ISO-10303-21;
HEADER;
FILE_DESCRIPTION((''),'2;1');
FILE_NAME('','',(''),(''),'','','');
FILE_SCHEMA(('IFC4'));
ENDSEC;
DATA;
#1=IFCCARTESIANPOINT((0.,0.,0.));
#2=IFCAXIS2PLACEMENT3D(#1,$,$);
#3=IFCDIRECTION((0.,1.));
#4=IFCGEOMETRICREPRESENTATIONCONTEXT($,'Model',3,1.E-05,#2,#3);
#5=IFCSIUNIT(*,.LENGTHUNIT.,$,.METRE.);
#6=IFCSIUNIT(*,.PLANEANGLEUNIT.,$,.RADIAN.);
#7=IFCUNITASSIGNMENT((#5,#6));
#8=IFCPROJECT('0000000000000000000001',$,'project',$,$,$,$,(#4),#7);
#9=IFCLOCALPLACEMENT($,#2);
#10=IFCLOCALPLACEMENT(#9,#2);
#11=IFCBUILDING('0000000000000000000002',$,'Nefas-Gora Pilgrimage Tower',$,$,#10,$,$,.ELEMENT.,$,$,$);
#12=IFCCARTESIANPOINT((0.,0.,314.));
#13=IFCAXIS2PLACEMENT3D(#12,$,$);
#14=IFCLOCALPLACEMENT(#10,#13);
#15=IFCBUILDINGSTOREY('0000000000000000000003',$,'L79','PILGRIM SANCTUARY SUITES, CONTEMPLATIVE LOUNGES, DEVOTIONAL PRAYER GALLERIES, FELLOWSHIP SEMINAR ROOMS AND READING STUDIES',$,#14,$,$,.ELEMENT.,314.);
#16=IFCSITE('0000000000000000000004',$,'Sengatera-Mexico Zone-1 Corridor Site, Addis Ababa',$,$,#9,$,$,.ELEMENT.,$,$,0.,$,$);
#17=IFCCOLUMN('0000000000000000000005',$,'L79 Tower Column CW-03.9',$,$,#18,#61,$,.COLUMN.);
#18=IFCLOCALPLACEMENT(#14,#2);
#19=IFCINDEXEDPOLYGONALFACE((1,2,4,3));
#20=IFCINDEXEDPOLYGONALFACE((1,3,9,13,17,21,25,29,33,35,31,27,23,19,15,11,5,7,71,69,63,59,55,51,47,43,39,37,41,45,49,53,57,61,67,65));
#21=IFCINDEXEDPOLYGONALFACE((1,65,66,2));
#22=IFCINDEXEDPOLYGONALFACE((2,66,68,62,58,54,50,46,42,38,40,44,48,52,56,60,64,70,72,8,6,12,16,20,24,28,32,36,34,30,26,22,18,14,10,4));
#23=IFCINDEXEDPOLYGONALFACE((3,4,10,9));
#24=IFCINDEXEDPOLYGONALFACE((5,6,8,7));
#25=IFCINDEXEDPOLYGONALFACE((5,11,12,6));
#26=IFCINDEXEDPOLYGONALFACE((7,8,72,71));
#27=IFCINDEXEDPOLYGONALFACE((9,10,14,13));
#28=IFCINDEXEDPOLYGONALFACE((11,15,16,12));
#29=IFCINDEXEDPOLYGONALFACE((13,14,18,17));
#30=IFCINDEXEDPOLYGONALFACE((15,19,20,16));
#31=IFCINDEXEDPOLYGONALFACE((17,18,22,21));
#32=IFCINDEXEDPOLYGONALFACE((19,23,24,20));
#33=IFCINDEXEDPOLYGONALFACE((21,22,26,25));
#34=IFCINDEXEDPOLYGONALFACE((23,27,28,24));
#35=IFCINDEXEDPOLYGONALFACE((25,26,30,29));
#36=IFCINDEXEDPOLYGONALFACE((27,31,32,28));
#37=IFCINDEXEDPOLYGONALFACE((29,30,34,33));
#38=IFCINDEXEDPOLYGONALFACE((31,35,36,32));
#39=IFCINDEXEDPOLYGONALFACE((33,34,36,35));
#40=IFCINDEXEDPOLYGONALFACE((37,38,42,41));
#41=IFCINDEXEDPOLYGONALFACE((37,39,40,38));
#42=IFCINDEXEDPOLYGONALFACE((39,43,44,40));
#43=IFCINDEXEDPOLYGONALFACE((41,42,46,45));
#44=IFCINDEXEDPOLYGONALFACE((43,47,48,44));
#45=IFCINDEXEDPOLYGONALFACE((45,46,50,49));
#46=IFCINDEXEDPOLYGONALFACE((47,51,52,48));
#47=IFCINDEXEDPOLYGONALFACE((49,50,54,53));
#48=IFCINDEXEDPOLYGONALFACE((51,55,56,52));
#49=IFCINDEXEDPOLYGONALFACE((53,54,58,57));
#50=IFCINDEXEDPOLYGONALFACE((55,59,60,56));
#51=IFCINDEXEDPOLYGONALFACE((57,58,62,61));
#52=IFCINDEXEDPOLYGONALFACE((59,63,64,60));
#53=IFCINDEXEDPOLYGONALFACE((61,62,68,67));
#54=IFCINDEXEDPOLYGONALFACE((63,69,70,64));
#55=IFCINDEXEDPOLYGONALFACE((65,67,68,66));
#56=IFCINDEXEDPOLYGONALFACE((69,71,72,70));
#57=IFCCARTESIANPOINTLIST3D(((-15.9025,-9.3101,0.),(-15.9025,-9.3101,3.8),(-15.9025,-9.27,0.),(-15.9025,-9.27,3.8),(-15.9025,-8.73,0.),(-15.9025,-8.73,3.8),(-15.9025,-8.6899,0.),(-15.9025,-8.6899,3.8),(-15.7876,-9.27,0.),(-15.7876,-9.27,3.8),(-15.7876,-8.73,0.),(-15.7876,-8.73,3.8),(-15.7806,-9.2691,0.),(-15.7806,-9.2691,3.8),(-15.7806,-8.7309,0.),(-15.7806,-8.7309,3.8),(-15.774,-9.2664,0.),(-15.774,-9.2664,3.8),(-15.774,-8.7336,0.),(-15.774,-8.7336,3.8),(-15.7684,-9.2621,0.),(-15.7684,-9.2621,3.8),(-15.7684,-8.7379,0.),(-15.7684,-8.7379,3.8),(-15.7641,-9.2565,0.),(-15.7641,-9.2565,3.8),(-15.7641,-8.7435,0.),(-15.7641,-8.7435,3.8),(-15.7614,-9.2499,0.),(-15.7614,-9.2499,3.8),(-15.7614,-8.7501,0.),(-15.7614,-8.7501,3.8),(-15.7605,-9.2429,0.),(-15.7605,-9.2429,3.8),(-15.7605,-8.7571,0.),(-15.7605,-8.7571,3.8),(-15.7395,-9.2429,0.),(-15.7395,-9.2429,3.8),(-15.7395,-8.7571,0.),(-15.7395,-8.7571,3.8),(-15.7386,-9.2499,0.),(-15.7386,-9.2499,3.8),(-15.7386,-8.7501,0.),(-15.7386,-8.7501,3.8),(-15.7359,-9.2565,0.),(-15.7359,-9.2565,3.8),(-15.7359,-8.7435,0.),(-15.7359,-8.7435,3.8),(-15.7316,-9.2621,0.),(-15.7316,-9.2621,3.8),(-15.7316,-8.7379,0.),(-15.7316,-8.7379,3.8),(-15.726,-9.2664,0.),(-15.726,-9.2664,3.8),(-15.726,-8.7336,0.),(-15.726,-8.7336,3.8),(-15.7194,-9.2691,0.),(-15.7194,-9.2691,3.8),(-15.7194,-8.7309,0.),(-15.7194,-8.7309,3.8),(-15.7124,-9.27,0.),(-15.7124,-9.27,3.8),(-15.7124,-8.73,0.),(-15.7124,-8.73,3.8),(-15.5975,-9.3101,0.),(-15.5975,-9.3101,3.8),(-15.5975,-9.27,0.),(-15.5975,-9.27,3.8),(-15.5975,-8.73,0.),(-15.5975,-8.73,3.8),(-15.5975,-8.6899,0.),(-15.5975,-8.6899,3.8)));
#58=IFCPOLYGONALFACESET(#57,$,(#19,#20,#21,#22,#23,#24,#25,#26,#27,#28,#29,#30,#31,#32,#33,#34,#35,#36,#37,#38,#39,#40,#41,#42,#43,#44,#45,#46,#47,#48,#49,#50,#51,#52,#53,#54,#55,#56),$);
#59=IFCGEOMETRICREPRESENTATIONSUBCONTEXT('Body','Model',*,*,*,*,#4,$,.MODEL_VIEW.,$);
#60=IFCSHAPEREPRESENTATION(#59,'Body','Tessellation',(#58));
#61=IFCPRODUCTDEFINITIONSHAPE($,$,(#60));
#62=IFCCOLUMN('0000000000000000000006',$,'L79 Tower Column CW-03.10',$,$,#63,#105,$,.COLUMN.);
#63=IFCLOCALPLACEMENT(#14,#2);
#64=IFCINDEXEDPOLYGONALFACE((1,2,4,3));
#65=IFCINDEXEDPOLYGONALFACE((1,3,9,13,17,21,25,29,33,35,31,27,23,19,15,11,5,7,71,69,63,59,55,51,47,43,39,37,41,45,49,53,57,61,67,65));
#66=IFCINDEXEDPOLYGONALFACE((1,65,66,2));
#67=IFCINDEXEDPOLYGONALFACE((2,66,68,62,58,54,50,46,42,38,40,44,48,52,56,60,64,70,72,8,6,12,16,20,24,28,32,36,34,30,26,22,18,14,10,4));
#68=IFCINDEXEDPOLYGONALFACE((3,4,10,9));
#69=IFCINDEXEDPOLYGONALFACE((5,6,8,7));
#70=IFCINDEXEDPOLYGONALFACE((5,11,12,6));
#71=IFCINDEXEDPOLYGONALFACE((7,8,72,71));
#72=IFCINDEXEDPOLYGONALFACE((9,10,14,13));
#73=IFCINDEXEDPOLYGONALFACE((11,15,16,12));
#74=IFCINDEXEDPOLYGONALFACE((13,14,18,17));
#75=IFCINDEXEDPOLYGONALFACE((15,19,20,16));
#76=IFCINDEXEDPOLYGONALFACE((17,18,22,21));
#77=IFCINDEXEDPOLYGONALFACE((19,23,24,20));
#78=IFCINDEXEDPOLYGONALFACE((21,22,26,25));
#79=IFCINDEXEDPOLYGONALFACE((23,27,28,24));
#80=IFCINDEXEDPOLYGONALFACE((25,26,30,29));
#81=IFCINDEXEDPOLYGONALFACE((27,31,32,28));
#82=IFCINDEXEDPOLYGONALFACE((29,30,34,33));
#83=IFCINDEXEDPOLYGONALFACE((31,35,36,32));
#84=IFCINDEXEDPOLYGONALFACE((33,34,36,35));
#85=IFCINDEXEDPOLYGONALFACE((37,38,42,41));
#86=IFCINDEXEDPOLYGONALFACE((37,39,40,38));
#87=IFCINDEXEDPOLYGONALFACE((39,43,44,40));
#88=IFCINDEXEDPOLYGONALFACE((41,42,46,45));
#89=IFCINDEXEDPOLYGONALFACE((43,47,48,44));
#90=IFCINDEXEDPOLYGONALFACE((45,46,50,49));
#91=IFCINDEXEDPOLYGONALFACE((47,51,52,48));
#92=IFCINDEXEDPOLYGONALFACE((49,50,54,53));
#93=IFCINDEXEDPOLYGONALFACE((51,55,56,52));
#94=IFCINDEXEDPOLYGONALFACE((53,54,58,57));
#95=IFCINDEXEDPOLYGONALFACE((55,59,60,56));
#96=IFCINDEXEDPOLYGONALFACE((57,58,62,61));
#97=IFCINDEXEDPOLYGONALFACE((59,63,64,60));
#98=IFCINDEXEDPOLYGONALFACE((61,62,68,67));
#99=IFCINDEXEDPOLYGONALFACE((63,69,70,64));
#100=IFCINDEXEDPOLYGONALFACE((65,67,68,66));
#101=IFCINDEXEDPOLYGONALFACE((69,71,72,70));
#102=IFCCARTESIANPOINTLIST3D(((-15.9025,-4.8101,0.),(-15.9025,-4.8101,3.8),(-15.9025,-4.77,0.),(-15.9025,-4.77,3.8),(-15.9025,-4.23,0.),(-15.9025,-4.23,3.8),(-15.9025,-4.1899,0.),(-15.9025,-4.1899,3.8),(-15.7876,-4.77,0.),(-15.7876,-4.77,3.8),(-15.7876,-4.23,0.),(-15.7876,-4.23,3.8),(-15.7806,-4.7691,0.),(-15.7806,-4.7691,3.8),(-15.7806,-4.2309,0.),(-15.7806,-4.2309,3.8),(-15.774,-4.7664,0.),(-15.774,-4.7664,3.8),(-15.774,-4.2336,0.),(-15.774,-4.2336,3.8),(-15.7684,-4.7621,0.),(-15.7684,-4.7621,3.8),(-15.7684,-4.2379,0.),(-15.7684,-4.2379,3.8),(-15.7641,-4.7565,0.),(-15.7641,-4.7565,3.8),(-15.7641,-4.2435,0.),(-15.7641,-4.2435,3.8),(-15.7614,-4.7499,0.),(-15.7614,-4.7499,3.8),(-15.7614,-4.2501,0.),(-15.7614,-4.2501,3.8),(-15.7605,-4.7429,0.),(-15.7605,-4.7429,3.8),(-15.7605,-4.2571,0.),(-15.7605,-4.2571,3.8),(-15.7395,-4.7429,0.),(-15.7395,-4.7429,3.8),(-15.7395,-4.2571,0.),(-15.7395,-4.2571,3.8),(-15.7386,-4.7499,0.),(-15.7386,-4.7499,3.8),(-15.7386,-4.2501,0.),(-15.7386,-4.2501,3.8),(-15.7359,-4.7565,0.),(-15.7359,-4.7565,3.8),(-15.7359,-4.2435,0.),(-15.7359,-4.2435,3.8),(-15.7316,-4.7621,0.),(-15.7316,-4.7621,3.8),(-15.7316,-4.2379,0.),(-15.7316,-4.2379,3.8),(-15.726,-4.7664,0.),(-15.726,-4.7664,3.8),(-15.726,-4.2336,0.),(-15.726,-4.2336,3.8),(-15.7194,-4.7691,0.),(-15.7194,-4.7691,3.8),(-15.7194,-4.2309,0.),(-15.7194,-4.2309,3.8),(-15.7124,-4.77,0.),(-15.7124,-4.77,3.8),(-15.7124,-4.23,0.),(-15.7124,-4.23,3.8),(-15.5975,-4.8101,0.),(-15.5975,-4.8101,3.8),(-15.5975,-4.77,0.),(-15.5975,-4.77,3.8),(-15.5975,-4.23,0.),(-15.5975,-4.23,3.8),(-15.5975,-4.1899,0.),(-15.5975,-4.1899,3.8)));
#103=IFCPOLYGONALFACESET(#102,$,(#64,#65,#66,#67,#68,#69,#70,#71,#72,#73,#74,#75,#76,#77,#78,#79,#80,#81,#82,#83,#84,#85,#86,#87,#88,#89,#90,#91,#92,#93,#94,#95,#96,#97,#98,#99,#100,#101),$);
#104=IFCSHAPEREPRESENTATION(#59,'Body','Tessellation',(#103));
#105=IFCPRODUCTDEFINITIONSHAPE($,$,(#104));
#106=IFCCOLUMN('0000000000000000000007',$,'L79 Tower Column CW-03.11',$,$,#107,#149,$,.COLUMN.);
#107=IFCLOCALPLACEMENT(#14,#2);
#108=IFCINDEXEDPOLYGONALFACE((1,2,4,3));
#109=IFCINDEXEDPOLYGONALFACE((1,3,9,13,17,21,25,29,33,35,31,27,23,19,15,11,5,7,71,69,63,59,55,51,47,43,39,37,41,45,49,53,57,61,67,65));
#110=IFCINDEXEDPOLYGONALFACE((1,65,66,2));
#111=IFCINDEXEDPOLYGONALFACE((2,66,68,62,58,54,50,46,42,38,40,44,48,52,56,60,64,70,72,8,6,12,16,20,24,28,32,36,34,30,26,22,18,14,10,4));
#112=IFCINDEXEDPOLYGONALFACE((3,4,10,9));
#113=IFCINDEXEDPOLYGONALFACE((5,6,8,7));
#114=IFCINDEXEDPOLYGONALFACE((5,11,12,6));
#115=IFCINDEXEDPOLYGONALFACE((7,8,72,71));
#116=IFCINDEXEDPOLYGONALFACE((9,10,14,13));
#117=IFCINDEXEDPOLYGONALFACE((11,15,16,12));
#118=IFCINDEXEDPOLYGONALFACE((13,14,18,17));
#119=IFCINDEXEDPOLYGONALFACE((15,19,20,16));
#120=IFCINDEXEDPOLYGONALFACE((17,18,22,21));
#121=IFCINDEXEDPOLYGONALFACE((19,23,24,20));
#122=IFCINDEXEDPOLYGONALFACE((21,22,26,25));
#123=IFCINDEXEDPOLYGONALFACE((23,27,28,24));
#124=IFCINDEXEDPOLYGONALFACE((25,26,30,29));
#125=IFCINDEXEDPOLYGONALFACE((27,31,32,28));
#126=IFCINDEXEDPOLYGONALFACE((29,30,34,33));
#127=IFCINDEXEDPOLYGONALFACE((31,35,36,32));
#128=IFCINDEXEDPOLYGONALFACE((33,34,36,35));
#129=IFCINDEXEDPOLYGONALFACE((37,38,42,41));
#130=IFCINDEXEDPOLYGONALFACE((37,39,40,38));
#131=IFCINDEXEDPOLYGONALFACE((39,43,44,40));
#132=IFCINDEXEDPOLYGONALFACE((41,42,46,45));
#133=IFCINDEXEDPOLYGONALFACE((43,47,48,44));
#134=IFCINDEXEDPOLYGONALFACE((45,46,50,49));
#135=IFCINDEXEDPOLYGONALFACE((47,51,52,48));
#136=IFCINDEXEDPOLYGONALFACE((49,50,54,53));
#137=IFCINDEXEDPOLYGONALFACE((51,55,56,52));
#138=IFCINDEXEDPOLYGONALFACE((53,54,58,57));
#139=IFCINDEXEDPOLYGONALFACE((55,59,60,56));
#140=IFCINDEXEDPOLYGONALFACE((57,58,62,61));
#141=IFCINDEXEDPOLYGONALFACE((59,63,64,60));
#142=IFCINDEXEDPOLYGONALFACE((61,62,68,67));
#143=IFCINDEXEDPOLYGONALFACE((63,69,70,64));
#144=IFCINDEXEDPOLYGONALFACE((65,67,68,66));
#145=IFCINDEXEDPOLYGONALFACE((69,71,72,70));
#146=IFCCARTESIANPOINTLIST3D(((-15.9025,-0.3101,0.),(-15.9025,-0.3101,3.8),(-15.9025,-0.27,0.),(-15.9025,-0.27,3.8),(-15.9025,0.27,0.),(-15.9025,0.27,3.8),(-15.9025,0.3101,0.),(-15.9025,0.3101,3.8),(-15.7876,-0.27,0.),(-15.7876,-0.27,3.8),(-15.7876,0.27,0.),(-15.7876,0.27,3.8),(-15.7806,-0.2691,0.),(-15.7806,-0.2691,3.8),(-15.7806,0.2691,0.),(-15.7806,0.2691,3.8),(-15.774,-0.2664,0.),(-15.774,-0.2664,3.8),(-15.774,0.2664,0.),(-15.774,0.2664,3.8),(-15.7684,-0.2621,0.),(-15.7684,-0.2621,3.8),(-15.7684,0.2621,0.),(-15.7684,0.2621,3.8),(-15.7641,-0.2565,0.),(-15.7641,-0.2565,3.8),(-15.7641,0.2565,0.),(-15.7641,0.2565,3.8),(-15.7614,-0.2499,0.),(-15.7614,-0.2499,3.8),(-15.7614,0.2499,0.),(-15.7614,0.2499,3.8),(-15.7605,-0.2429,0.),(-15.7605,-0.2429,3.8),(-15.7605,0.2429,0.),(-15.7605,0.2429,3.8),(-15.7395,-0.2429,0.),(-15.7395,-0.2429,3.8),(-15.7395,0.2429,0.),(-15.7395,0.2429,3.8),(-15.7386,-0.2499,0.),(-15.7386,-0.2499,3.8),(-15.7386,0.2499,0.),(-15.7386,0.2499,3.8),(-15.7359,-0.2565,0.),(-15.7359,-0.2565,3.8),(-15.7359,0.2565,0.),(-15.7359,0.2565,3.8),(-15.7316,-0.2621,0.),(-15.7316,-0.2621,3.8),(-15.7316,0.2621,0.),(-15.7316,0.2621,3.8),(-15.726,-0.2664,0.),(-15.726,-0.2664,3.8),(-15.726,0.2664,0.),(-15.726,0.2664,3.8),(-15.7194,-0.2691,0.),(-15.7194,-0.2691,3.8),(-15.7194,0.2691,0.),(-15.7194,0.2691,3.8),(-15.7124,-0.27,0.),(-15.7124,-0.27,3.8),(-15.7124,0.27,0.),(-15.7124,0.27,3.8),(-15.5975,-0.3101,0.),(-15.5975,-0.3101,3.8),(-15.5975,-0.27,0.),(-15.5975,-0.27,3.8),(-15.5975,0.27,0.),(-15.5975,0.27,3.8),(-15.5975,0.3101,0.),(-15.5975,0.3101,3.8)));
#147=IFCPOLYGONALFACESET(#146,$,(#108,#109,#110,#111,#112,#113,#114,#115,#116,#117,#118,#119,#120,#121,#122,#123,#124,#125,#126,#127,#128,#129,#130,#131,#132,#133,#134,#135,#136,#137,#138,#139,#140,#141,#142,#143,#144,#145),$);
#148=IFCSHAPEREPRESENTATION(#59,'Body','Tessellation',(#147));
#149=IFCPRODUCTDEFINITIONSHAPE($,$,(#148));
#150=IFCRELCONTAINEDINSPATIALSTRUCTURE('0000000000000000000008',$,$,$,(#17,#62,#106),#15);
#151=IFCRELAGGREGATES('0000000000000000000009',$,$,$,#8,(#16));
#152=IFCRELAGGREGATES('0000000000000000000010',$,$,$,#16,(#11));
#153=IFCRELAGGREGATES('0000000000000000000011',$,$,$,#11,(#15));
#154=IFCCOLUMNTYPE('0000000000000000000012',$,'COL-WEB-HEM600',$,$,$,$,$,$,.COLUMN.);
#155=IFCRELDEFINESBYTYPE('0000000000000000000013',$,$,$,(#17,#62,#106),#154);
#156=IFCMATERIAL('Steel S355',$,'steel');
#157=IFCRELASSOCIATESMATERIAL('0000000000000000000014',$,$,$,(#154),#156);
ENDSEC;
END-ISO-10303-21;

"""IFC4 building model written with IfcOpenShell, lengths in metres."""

from ifc_helpers import new_model, si_unit, direction, frame, origin, origin_2d, place, context, subcontext, project, spatial, i_section, extrude, source, transform, mapped, material, material_profile, profile_set, type_object, element, save


model = new_model("IFC4")

# Units and contexts
model_context = context("Model", 3, precision=1e-05, world=origin(), true_north=direction((0.0, 1.0)))
body_context = subcontext(model_context, "Body", "Model", "MODEL_VIEW")
ifc_project = project(units=[si_unit("LENGTHUNIT", "METRE"), si_unit("PLANEANGLEUNIT", "RADIAN")], contexts=[model_context])

# Site, building, storey
site_placement = place(None, origin())
site = spatial("IfcSite", under=ifc_project, at=site_placement, Name="Sengatera-Mexico Zone-1 Corridor Site, Addis Ababa", CompositionType="ELEMENT", RefElevation=0.0)
building_placement = place(site_placement, origin())
building = spatial("IfcBuilding", under=site, at=building_placement, Name="Nefas-Gora Pilgrimage Tower", CompositionType="ELEMENT")
storey_placement = place(building_placement, frame((0.0, 0.0, 314.0)))
storey = spatial("IfcBuildingStorey", under=building, at=storey_placement, Name="L79", Description="PILGRIM SANCTUARY SUITES, CONTEMPLATIVE LOUNGES, DEVOTIONAL PRAYER GALLERIES, FELLOWSHIP SEMINAR ROOMS AND READING STUDIES", CompositionType="ELEMENT", Elevation=314.0)

# Columns
ifc_material_1 = material(Name="Steel S355", Category="steel")
ifc_material_profile_1 = material_profile(ifc_material_1, i_section(OverallWidth=0.3049, OverallDepth=0.6201, WebThickness=0.021, FlangeThickness=0.04, FilletRadius=0.0271, at=origin_2d()), Name="HEM 600")
ifc_profile_set_1 = profile_set([ifc_material_profile_1], Name="Steel S355")
column_type_1 = type_object("IfcColumnType", Name="COL-WEB-HEM600", PredefinedType="COLUMN", material=ifc_profile_set_1)
shared_shape_1 = source(origin(), body_context, "Body", "SweptSolid", [
    extrude(i_section(OverallWidth=0.3049, OverallDepth=0.6201, WebThickness=0.021, FlangeThickness=0.04, FilletRadius=0.0271, at=origin_2d()), origin(), (0.0, 0.0, 1.0), 3.8),
])
for number, where, z_axis, x_axis, name in (
    (1, (-15.75, -9.0, 0.0), (0.0, 0.0, 1.0), (1.0, 0.0, 0.0), "L79 Tower Column CW-03.9"),
    (2, (-15.75, -4.5, 0.0), (0.0, 0.0, 1.0), (1.0, 0.0, 0.0), "L79 Tower Column CW-03.10"),
    (3, (-15.75, 0.0, 0.0), (0.0, 0.0, 1.0), (1.0, 0.0, 0.0), "L79 Tower Column CW-03.11"),
):
    element("IfcColumn", number, at=place(storey_placement, frame(where, z_axis=z_axis, x_axis=x_axis)), inside=storey, type_object=column_type_1, Name=name, PredefinedType="COLUMN", context=body_context, shape_type="MappedRepresentation", body=[
        mapped(shared_shape_1, transform((0.0, 0.0, 0.0), x_axis=(1.0, 0.0, 0.0), y_axis=(0.0, 1.0, 0.0), z_axis=(0.0, 0.0, 1.0), scale=1.0)),
    ])

save(model, "model.ifc")
